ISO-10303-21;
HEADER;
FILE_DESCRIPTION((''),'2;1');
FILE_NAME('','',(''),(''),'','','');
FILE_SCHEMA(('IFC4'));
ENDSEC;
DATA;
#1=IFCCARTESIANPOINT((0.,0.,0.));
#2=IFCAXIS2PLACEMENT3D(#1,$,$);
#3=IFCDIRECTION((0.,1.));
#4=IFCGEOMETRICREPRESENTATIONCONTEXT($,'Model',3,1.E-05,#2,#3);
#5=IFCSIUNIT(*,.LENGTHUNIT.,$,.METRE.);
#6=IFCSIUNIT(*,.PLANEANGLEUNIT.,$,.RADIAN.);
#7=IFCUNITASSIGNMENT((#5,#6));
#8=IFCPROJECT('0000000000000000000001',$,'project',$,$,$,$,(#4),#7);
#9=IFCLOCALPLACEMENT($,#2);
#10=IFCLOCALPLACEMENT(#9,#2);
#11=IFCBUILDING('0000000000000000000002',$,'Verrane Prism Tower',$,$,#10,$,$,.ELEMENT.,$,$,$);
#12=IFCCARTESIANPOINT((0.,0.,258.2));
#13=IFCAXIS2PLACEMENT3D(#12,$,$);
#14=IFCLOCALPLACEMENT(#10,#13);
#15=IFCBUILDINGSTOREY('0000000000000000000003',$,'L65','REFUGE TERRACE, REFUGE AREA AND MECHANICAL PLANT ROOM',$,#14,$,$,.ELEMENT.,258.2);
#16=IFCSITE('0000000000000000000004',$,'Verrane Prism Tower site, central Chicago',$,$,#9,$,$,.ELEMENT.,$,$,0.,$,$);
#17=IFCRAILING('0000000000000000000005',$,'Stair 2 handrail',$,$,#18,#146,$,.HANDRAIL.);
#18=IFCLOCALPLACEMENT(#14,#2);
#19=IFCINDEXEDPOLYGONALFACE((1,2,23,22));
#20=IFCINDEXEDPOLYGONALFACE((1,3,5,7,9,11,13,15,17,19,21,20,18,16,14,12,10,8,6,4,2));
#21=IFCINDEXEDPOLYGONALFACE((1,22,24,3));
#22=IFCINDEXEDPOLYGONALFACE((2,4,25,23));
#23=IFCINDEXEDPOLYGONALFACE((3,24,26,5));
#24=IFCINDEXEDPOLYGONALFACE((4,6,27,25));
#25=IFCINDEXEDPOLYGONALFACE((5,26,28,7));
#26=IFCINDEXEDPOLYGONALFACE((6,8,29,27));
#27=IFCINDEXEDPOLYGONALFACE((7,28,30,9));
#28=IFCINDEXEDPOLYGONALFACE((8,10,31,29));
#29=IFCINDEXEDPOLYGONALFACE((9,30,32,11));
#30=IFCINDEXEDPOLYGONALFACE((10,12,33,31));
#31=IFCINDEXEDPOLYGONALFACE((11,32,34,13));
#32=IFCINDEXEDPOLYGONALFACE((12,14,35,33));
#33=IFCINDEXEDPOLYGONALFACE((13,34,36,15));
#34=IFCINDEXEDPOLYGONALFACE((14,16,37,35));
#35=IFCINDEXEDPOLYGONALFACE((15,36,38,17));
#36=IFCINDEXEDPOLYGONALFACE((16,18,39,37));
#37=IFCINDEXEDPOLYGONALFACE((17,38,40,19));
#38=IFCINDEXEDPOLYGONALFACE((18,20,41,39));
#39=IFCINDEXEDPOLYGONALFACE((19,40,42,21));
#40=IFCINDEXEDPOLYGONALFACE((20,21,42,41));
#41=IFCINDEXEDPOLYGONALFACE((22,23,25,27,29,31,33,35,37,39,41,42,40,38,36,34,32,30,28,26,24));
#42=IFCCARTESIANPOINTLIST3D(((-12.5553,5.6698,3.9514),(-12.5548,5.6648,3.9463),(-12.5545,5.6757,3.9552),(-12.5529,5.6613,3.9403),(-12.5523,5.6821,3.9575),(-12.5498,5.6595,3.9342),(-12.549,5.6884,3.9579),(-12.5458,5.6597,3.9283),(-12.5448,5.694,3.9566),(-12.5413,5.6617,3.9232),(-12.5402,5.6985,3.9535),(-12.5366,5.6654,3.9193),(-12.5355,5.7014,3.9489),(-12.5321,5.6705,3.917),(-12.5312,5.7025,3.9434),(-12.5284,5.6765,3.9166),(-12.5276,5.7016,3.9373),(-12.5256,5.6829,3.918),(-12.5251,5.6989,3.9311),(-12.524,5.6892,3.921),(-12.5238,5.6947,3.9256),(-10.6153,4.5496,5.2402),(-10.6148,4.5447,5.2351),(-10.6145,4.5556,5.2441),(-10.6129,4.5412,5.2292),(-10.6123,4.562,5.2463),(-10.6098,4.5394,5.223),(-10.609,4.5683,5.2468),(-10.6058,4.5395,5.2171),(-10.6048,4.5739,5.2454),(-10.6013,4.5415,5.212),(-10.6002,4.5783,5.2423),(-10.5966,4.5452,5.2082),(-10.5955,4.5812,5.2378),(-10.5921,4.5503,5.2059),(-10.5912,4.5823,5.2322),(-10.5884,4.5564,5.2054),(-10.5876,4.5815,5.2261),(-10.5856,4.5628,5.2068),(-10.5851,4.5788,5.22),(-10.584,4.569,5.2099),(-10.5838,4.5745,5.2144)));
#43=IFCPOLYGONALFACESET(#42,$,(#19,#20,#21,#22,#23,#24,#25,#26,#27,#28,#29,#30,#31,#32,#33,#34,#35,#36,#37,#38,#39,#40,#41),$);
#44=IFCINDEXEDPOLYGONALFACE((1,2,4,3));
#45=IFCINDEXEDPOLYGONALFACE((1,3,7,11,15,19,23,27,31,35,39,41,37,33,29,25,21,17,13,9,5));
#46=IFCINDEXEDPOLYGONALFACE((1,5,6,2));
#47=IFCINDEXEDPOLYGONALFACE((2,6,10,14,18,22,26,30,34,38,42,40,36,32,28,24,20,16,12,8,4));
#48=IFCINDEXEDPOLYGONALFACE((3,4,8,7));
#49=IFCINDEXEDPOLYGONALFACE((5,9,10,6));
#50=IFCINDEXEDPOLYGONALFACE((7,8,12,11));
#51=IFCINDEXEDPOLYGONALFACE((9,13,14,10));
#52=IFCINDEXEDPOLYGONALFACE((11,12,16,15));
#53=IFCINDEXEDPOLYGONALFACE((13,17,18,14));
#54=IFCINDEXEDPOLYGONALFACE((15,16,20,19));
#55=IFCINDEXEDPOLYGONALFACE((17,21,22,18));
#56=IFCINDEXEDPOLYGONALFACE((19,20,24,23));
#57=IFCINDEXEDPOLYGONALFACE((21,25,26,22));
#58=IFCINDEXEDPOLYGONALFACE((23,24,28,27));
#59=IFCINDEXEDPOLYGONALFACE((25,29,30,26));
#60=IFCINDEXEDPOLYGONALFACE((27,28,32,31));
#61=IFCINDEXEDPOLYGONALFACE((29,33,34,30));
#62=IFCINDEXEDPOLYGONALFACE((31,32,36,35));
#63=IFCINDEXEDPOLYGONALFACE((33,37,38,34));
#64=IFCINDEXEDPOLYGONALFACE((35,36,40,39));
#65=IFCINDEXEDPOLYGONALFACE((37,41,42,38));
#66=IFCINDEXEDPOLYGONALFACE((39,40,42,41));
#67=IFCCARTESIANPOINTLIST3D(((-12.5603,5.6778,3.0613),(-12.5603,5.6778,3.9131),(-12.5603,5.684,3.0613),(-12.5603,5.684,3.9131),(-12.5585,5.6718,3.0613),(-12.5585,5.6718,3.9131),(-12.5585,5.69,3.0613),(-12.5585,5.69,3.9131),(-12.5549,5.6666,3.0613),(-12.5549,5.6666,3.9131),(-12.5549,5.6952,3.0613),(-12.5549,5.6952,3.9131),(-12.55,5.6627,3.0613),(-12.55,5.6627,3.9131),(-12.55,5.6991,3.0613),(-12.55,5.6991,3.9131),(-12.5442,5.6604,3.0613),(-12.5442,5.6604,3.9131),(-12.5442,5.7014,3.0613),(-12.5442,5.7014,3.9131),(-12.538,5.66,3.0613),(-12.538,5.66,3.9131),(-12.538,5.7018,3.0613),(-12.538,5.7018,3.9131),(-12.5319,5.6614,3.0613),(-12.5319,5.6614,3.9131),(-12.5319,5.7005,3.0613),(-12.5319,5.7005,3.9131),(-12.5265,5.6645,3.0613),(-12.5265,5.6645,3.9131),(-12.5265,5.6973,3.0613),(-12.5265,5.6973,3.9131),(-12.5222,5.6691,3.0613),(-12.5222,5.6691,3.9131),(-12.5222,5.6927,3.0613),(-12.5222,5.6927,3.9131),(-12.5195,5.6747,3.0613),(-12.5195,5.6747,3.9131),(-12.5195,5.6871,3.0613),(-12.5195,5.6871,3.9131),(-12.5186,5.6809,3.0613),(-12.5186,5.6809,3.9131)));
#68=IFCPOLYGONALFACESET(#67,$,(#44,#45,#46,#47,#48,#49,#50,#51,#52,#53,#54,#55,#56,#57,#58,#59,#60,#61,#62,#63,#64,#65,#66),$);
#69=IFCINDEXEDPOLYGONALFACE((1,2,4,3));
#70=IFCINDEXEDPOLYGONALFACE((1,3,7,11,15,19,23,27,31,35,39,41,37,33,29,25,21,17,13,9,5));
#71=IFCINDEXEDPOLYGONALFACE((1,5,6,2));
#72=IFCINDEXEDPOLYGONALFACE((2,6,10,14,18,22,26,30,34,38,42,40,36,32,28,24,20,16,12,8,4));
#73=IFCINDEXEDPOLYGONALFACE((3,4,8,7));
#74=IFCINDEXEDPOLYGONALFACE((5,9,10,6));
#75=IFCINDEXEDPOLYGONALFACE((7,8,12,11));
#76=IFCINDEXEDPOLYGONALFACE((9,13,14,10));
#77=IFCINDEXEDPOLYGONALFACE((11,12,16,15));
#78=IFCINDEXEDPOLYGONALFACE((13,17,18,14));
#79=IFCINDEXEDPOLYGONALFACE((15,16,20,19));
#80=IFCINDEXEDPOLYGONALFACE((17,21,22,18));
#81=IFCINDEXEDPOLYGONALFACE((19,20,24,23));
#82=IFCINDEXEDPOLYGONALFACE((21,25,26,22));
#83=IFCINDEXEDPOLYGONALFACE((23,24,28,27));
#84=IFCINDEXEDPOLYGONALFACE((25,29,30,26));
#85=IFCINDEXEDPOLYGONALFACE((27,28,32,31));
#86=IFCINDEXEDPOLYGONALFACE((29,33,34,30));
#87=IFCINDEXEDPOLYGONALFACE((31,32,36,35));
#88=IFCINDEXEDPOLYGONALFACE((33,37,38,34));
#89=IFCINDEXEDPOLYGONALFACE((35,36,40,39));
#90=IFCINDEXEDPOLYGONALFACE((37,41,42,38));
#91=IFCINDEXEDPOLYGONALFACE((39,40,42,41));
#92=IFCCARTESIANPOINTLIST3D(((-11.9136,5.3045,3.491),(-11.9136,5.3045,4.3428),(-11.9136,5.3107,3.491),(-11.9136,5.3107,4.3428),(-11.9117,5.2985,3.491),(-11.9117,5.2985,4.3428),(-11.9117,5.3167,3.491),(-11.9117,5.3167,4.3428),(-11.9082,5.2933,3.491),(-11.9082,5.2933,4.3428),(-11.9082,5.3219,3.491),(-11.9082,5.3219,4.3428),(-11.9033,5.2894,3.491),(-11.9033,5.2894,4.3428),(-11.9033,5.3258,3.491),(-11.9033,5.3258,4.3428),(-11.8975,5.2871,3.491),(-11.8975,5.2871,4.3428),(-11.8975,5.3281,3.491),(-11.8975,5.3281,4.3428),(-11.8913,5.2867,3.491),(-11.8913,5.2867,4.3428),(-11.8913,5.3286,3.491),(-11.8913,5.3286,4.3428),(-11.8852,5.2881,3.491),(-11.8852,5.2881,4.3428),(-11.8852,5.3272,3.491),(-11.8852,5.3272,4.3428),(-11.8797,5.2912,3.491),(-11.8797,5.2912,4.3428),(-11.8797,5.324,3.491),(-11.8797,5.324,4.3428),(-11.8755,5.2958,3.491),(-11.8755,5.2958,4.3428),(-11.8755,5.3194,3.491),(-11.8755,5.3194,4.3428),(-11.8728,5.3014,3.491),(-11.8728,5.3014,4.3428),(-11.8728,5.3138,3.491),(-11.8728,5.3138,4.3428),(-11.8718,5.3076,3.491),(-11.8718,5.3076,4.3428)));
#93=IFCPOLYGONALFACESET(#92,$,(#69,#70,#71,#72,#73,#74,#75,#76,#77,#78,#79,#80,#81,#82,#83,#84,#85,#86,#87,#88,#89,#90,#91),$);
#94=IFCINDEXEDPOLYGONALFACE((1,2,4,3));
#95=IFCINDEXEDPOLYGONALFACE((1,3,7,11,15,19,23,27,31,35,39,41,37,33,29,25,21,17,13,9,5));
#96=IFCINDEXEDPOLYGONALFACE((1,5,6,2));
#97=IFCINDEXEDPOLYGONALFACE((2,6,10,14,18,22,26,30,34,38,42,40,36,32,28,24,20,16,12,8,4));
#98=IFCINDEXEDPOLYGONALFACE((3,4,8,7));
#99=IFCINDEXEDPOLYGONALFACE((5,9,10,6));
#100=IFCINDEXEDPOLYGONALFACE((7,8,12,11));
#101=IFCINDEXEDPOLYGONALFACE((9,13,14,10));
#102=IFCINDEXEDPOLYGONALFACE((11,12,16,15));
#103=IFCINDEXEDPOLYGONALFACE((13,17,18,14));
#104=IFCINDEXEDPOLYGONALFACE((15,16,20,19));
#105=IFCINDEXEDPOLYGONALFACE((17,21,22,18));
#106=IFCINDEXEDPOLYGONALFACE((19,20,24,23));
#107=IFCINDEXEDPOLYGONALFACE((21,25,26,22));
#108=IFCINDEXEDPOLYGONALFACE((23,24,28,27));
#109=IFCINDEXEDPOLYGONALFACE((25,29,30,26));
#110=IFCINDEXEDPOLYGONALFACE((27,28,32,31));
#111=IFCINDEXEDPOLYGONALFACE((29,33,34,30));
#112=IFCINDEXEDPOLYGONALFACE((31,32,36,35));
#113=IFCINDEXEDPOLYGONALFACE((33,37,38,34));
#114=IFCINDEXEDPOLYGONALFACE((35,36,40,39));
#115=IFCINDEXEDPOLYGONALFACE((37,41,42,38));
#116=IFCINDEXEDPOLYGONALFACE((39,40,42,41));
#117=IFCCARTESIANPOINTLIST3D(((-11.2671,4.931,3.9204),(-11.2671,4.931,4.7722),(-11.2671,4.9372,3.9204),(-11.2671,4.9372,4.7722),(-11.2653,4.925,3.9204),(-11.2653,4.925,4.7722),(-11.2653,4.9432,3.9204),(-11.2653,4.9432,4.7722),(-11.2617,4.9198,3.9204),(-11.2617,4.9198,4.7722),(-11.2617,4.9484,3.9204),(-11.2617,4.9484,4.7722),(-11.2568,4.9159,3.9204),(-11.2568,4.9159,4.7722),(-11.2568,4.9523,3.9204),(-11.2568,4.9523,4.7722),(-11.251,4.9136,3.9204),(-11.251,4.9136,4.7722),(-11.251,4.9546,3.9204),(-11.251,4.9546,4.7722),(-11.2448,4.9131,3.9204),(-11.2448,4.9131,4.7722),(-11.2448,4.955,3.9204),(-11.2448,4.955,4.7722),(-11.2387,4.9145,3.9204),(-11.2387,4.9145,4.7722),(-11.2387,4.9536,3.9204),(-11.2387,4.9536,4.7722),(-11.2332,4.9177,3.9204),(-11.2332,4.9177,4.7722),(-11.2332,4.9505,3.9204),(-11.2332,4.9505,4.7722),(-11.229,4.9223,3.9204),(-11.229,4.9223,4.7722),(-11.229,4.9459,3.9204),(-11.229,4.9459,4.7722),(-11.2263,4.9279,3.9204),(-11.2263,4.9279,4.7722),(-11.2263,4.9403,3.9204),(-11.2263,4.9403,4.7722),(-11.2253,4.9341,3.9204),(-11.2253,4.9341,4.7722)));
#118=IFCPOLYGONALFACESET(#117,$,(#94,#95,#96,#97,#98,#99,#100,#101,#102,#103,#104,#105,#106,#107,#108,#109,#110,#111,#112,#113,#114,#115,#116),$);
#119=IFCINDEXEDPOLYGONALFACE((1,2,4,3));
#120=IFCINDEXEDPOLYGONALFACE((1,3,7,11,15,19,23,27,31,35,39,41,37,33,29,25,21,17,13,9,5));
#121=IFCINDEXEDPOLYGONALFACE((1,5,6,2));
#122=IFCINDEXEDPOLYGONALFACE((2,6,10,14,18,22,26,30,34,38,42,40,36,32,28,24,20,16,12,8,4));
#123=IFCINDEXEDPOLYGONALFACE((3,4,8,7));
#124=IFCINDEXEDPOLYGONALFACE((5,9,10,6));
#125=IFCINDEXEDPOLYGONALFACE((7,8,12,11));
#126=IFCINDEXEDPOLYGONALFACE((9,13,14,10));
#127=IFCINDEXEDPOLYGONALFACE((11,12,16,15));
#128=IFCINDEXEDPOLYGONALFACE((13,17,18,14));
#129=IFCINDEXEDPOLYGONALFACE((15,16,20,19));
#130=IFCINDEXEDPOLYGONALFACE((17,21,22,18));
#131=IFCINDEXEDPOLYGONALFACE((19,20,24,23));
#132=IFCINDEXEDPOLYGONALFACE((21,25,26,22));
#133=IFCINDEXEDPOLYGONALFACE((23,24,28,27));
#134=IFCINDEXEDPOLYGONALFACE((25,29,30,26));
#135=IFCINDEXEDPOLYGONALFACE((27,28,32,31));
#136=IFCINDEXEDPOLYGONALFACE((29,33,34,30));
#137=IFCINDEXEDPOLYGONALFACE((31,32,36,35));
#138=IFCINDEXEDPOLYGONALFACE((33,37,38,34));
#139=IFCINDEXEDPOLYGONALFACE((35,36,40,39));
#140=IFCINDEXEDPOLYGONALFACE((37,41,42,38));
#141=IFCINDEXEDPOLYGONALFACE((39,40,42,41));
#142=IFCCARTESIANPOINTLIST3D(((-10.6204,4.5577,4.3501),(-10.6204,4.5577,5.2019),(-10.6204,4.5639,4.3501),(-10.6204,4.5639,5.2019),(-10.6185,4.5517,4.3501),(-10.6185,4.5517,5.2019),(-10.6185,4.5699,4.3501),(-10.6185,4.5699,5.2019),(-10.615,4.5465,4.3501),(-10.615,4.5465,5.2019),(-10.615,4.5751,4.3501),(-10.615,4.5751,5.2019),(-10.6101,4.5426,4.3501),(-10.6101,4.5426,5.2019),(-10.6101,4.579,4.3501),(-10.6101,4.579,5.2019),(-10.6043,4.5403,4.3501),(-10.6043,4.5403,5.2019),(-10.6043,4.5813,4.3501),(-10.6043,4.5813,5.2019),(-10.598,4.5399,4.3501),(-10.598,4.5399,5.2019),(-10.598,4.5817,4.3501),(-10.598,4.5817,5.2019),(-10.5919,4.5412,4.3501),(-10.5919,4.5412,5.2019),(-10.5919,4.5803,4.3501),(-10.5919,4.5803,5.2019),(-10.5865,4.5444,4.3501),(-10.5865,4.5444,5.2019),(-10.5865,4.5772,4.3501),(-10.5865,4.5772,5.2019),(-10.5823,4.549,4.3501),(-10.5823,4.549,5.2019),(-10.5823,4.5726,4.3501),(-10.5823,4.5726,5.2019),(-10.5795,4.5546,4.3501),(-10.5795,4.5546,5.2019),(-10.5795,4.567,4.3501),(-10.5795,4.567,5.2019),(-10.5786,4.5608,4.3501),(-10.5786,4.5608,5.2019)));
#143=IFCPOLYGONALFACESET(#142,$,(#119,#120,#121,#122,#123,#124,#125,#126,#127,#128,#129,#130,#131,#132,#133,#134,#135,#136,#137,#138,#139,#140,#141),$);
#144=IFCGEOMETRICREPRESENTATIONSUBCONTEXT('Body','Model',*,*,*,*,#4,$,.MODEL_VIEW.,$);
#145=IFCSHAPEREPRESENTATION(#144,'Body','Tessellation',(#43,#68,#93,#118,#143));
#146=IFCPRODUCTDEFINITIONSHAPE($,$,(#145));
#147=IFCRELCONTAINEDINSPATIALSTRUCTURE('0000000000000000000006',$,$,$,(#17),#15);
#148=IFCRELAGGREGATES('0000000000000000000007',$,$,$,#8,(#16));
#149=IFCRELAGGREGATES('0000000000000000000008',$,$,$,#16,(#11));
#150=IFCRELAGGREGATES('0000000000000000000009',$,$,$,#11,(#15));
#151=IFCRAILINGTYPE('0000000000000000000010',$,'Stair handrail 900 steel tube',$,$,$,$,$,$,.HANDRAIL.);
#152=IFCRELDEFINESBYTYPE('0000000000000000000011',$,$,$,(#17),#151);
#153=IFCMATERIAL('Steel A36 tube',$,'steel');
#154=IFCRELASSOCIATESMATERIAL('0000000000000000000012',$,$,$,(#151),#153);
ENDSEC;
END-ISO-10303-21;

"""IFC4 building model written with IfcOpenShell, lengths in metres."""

from ifc_helpers import new_model, si_unit, direction, frame, origin, origin_2d, place, context, subcontext, project, spatial, circle, extrude, material, type_object, element, save


model = new_model("IFC4")

# Units and contexts
model_context = context("Model", 3, precision=1e-05, world=origin(), true_north=direction((0.0, 1.0)))
body_context = subcontext(model_context, "Body", "Model", "MODEL_VIEW")
ifc_project = project(units=[si_unit("LENGTHUNIT", "METRE"), si_unit("PLANEANGLEUNIT", "RADIAN")], contexts=[model_context])

# Site, building, storey
site_placement = place(None, origin())
site = spatial("IfcSite", under=ifc_project, at=site_placement, Name="Verrane Prism Tower site, central Chicago", CompositionType="ELEMENT", RefElevation=0.0)
building_placement = place(site_placement, origin())
building = spatial("IfcBuilding", under=site, at=building_placement, Name="Verrane Prism Tower", CompositionType="ELEMENT")
storey_placement = place(building_placement, frame((0.0, 0.0, 258.2)))
storey = spatial("IfcBuildingStorey", under=building, at=storey_placement, Name="L65", Description="REFUGE TERRACE, REFUGE AREA AND MECHANICAL PLANT ROOM", CompositionType="ELEMENT", Elevation=258.2)

# Railing
ifc_material_1 = material(Name="Steel A36 tube", Category="steel")
railing_type_1 = type_object("IfcRailingType", Name="Stair handrail 900 steel tube", PredefinedType="HANDRAIL", material=ifc_material_1)
for number, where, name in (
    (1, (-12.5396, 5.6809, 3.0613), "Stair 2 handrail"),
):
    element("IfcRailing", number, at=place(storey_placement, frame(where)), inside=storey, type_object=railing_type_1, Name=name, PredefinedType="HANDRAIL", context=body_context, shape_type="SweptSolid", body=[
        extrude(circle(Radius=0.0239, at=origin_2d()), frame((0.0, 0.0, 0.876), z_axis=(0.750637, -0.433416, 0.498693), x_axis=(0.500031, 0.866008, 0.0)), (0.0, 0.0, 1.0), 2.5845),
        extrude(circle(Radius=0.021, at=origin_2d()), origin(), (0.0, 0.0, 1.0), 0.8518),
        extrude(circle(Radius=0.021, at=origin_2d()), frame((0.6467, -0.3733, 0.4297)), (0.0, 0.0, 1.0), 0.8518),
        extrude(circle(Radius=0.021, at=origin_2d()), frame((1.2932, -0.7468, 0.8591)), (0.0, 0.0, 1.0), 0.8518),
        extrude(circle(Radius=0.021, at=origin_2d()), frame((1.9399, -1.1201, 1.2888)), (0.0, 0.0, 1.0), 0.8518),
    ])

save(model, "model.ifc")
